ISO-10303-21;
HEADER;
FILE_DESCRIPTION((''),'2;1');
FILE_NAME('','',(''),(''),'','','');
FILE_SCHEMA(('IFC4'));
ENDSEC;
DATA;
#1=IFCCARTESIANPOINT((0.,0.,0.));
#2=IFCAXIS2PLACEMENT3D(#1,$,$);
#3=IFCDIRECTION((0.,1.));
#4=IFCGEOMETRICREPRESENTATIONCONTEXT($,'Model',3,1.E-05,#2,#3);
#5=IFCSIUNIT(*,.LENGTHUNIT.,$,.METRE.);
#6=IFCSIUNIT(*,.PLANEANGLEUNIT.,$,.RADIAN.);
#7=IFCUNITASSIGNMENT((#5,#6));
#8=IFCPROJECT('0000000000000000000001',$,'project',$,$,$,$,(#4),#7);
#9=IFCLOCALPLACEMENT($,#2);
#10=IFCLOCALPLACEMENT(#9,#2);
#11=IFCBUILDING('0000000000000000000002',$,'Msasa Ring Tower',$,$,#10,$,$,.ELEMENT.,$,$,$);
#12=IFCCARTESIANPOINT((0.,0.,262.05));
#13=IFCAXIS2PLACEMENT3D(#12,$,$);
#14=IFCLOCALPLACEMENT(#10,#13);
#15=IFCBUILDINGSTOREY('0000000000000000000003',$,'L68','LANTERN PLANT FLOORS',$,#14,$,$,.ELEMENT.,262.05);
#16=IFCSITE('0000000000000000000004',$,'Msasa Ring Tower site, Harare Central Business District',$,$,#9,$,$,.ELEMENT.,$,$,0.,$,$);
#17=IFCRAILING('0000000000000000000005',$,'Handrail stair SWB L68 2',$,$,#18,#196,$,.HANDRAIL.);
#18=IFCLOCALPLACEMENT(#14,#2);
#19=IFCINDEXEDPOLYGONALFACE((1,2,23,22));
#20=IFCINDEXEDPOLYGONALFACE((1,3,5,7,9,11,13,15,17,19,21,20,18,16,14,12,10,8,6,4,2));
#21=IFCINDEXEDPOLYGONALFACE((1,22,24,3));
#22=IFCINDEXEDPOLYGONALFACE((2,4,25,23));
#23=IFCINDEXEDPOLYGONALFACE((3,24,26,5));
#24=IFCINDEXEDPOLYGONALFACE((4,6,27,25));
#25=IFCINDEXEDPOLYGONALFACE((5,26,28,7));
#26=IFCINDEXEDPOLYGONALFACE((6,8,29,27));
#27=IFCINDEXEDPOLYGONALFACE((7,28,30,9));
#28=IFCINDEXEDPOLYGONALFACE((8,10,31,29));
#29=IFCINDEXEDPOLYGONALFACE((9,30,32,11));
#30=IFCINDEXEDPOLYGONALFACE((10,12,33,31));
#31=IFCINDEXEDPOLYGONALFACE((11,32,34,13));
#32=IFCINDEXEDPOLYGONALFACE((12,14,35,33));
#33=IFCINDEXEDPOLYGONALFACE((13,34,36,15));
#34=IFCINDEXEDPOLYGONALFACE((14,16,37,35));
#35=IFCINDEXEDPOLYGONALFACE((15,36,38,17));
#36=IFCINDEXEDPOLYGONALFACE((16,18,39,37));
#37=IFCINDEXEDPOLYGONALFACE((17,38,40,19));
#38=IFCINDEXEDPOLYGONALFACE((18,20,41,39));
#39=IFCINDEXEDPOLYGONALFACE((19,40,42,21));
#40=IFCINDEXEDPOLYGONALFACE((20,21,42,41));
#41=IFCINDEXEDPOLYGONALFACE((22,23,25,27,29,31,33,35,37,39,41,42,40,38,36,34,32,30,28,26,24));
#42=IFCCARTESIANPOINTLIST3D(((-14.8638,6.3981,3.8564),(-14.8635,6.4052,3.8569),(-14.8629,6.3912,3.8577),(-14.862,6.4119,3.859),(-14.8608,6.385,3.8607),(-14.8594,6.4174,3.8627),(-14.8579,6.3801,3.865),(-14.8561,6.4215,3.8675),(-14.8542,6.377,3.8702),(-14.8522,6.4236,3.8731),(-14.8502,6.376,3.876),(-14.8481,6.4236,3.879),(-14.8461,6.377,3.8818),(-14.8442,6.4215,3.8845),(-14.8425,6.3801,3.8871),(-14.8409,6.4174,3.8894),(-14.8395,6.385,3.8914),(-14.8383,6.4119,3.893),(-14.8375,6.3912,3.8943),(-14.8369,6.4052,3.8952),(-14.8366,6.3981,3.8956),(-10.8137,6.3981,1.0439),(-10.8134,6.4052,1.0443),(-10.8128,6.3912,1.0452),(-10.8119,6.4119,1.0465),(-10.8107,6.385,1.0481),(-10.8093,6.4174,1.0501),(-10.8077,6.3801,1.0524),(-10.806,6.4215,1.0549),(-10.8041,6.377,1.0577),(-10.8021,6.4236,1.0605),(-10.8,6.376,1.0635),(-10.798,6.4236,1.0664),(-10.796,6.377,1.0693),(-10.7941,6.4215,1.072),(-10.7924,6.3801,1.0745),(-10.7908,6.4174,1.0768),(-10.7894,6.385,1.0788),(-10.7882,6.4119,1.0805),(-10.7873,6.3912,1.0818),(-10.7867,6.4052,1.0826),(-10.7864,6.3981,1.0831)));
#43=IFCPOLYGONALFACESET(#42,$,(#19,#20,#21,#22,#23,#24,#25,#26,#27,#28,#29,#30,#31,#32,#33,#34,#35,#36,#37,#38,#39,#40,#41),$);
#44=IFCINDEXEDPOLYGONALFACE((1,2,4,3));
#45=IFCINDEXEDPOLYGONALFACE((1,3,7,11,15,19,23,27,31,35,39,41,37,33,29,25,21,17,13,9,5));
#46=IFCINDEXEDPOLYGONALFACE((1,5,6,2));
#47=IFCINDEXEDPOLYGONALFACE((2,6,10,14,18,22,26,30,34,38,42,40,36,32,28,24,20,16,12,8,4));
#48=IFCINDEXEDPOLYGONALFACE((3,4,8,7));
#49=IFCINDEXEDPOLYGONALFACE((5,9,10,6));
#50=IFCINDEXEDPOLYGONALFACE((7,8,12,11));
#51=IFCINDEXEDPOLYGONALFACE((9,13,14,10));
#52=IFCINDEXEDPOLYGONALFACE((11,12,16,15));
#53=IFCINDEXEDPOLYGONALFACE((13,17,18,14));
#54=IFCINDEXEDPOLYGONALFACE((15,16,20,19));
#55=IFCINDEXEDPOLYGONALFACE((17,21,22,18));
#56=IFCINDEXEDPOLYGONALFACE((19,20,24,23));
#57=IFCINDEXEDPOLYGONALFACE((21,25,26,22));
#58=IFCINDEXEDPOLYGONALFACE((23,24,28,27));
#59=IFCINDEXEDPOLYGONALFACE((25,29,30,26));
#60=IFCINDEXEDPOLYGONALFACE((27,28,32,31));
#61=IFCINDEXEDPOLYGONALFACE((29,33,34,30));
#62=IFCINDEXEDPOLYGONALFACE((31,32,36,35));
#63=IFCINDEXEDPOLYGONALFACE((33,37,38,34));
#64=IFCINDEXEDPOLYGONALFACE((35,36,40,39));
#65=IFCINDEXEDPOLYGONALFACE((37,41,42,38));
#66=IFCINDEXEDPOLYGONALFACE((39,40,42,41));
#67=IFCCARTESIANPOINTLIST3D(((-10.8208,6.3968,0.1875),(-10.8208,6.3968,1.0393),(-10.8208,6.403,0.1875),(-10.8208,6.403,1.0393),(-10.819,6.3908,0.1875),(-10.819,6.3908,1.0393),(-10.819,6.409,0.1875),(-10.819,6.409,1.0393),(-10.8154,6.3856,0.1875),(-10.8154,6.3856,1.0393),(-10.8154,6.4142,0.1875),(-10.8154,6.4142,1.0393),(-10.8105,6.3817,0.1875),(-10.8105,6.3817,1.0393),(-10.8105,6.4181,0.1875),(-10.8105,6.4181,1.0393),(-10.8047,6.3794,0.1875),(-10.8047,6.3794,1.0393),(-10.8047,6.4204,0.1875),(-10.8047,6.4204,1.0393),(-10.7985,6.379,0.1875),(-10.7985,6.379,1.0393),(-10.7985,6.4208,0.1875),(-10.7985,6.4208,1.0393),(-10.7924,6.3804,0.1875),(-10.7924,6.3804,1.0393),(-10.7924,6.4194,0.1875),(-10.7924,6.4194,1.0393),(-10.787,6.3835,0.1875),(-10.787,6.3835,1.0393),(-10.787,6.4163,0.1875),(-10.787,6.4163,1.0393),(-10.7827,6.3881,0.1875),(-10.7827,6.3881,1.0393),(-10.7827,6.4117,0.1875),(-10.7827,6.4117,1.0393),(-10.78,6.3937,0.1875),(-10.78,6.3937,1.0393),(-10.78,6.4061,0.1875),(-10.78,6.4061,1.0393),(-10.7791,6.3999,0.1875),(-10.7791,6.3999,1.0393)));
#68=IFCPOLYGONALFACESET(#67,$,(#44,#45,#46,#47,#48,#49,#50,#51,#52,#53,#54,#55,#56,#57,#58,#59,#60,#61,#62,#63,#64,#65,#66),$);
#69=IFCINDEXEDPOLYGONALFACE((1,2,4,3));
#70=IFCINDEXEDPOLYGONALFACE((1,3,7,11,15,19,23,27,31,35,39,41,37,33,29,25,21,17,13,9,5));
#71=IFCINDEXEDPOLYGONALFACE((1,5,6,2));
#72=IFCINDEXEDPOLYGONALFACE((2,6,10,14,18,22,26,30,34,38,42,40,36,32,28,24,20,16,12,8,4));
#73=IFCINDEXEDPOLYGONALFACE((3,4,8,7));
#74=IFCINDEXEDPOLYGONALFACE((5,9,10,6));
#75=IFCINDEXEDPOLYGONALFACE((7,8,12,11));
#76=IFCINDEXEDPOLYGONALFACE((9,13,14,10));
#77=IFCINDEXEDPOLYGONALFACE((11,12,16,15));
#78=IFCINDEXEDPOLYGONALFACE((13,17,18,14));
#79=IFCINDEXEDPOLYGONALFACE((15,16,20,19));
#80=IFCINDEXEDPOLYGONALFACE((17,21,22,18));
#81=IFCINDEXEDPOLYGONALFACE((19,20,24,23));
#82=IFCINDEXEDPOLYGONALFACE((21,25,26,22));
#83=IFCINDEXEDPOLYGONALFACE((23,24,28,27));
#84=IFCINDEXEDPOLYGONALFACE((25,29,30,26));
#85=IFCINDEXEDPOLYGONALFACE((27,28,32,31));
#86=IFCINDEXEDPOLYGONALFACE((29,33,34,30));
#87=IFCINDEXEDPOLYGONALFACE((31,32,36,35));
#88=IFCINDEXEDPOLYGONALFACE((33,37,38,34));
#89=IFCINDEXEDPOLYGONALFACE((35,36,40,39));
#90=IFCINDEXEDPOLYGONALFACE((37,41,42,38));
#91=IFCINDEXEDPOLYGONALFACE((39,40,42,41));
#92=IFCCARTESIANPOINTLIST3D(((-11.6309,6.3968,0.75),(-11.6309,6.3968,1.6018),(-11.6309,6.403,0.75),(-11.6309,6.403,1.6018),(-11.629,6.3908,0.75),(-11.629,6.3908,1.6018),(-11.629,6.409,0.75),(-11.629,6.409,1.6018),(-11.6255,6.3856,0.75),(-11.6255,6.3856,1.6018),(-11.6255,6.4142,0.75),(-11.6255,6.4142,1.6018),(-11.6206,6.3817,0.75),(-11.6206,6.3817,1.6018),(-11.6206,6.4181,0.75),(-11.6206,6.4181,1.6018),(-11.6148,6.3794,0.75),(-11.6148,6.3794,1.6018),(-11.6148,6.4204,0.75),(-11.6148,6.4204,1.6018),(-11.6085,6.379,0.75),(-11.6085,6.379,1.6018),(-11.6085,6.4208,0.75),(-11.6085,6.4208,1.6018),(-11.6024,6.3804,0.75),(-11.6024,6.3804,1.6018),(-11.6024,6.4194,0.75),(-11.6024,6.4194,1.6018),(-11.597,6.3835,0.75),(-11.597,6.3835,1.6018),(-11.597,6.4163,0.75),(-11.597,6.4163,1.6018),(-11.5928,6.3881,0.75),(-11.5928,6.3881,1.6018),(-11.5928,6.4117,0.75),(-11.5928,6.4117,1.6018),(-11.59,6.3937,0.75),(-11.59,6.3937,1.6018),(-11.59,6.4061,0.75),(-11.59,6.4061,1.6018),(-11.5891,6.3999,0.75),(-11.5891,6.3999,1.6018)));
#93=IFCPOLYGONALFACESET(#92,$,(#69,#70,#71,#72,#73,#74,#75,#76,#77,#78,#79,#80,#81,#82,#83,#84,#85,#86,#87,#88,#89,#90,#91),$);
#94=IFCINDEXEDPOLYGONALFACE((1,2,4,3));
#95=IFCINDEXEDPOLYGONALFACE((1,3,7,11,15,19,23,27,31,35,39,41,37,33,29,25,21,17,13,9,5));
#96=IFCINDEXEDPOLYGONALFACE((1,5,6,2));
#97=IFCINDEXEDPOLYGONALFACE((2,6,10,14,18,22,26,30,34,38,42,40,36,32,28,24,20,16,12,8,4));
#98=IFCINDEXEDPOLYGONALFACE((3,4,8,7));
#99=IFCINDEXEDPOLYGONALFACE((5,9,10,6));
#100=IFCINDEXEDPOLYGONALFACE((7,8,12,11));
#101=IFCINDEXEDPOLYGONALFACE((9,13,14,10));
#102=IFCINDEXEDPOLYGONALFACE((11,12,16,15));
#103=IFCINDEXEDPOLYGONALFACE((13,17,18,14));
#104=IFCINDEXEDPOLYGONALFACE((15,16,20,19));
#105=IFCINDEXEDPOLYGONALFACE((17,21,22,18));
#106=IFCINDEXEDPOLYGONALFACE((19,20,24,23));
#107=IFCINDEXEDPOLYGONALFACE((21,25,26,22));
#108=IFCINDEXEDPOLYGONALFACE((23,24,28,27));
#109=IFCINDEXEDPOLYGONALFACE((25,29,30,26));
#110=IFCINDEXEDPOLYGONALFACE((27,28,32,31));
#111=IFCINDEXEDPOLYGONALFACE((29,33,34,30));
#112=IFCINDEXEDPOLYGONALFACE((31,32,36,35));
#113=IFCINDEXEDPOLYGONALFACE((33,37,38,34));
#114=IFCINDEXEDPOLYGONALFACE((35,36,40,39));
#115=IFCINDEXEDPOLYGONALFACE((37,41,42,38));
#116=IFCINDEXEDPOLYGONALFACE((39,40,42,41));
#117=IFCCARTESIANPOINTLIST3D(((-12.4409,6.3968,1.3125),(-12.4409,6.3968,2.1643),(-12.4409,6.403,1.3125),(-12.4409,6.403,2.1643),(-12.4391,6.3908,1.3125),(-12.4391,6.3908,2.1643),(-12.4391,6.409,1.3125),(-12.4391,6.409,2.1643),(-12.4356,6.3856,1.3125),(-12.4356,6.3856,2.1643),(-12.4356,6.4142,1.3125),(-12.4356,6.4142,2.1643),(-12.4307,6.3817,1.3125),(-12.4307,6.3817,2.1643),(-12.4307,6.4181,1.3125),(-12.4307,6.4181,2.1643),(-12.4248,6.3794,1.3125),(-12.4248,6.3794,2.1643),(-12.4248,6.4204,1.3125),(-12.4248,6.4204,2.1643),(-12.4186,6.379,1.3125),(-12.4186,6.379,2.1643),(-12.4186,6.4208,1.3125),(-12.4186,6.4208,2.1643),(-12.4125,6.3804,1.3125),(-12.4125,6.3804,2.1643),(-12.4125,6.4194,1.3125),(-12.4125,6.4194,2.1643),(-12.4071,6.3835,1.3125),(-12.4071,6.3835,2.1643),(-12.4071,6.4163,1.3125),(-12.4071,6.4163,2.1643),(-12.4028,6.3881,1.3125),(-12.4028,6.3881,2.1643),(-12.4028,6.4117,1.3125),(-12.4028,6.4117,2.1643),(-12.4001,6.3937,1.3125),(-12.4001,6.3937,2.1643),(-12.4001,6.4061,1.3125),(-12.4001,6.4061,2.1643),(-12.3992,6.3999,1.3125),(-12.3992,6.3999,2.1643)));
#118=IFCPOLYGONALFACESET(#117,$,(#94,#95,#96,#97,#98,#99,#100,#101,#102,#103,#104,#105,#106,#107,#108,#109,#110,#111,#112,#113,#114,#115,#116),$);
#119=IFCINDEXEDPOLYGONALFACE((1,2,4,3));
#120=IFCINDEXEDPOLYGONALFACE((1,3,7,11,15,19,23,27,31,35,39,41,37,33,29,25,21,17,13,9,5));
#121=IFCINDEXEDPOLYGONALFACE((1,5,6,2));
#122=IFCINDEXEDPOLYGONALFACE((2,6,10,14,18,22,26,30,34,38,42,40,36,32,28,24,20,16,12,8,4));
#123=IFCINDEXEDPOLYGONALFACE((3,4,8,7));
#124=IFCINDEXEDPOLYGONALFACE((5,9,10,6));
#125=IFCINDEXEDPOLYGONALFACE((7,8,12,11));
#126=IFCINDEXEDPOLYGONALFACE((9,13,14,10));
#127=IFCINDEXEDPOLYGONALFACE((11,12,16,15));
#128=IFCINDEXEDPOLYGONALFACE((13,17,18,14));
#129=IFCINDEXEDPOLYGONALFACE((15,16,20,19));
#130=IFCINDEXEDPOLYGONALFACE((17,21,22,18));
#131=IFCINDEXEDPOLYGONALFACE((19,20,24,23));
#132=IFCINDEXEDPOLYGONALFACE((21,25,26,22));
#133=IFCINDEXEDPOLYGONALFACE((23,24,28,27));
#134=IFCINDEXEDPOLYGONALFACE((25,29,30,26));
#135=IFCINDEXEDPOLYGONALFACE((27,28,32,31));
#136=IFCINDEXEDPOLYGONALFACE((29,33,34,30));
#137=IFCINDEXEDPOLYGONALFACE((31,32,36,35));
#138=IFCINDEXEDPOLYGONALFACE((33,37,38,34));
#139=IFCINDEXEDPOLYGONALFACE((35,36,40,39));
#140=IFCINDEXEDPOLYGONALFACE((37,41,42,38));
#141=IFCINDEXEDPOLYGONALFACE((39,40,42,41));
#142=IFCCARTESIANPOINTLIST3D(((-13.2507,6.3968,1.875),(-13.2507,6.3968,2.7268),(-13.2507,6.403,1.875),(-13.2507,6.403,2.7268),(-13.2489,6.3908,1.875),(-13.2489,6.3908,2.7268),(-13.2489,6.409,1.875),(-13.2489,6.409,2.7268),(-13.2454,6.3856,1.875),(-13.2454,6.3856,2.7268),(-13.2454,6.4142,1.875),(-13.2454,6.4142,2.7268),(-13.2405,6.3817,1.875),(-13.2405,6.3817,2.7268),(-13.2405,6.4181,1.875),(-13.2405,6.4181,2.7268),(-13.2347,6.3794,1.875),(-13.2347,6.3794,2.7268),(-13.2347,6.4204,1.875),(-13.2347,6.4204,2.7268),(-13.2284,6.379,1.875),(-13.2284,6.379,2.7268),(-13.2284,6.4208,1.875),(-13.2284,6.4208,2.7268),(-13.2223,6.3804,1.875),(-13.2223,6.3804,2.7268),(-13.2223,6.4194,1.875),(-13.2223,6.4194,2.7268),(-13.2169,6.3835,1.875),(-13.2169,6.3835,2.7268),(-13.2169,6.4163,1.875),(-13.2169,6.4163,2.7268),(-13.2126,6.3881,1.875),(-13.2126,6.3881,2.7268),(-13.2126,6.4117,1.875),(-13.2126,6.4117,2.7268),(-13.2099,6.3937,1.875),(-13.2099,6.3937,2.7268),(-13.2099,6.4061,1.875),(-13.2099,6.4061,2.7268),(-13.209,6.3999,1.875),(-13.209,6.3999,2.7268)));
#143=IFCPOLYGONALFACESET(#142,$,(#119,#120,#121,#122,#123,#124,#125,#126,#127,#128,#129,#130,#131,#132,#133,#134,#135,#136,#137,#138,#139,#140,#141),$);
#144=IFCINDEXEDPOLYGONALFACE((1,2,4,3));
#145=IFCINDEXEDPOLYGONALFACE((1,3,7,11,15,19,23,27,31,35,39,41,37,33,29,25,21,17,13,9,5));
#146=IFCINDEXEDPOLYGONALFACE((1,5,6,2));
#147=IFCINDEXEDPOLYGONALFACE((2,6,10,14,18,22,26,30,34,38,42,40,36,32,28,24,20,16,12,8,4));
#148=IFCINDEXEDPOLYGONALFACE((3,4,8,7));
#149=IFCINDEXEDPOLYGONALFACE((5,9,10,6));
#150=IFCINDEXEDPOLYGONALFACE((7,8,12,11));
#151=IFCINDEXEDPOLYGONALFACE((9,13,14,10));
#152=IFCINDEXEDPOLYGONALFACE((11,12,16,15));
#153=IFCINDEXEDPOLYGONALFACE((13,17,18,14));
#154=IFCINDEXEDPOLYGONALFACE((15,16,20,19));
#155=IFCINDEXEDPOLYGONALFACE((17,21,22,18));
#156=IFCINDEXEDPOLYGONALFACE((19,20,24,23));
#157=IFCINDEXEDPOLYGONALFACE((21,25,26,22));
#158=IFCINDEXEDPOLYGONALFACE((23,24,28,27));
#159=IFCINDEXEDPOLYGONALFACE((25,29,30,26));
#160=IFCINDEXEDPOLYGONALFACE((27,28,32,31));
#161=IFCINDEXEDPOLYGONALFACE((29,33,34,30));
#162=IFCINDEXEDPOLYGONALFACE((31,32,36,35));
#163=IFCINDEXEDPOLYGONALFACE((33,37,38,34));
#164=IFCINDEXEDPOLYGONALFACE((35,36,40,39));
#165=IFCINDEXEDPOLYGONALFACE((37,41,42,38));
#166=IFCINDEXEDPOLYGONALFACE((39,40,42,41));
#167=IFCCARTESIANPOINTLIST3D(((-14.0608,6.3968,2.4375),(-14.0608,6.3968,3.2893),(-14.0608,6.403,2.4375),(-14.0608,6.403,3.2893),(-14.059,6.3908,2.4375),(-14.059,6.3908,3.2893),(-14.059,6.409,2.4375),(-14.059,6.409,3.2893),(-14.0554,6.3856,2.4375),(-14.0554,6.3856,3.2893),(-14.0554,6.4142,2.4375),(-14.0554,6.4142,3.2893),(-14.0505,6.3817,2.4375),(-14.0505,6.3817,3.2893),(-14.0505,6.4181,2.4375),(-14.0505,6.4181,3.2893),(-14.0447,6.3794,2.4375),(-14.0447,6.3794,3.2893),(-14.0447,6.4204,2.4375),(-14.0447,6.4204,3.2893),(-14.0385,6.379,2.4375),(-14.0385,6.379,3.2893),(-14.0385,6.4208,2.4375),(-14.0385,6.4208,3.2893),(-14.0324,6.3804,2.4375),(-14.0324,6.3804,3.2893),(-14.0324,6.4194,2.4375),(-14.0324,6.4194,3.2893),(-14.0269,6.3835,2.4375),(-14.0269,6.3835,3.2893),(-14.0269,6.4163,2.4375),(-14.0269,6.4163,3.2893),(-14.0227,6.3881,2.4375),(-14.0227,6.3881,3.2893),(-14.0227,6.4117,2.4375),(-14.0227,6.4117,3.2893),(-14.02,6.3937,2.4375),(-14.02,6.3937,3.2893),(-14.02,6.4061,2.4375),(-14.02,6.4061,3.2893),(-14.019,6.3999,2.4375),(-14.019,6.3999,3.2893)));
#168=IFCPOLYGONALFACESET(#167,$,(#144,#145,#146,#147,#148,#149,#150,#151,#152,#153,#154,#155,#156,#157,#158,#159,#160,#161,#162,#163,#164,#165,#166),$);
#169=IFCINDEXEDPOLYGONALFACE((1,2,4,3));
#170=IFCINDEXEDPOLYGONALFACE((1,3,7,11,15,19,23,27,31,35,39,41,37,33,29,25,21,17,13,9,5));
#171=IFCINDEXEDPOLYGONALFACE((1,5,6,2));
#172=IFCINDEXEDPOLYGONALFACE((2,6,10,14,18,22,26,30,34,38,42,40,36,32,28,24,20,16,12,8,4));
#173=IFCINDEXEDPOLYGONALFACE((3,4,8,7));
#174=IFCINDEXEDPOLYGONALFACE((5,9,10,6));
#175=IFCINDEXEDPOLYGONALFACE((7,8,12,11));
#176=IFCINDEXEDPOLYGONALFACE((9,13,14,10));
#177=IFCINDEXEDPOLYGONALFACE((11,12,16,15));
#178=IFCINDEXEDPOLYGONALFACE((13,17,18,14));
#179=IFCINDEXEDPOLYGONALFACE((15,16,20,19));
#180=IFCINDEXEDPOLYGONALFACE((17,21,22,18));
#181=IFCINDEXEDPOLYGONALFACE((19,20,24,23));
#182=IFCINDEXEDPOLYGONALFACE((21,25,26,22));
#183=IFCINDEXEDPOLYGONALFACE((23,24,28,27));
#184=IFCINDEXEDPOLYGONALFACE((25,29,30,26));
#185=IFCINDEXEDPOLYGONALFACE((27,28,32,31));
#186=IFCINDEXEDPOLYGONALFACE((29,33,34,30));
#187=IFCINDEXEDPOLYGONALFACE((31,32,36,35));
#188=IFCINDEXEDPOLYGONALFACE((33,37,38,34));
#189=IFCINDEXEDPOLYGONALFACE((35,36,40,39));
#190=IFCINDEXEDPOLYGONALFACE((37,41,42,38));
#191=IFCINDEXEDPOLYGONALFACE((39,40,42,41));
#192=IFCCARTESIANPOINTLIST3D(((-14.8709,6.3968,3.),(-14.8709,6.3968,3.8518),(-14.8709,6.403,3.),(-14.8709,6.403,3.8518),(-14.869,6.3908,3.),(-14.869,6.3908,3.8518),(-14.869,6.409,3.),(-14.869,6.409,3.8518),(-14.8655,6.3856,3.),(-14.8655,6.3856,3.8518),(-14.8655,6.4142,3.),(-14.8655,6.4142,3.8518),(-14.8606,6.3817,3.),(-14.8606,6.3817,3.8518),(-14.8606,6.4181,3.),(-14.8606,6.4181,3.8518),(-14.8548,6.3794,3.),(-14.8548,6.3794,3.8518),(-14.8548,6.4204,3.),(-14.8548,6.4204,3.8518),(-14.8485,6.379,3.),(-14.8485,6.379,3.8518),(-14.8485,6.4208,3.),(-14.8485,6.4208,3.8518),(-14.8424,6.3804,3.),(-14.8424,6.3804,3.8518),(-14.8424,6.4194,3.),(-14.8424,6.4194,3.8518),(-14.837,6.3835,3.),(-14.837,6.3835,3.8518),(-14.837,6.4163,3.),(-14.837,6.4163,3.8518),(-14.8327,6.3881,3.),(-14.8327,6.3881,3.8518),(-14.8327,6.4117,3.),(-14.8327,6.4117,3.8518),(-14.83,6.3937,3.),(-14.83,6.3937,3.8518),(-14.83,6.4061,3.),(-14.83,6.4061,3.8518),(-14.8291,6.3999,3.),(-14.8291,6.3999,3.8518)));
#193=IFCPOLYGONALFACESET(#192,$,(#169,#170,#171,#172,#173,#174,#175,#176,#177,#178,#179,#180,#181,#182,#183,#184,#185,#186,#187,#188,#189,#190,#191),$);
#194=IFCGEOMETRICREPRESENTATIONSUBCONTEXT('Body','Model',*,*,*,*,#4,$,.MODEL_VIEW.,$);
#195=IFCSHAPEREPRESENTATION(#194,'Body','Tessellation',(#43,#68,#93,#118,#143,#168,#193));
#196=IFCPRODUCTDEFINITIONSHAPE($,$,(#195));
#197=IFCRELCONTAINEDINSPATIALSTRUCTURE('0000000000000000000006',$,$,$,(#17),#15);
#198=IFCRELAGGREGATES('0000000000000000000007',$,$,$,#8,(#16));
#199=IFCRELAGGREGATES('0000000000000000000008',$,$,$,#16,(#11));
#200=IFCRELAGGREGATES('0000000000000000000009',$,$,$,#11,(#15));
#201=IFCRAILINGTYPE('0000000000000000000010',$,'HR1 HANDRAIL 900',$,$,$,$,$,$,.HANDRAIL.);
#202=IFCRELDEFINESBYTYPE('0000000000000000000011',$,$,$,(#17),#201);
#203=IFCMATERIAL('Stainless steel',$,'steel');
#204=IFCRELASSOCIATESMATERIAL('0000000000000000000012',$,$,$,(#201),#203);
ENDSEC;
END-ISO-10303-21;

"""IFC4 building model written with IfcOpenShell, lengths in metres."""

from ifc_helpers import new_model, si_unit, direction, frame, origin, origin_2d, place, context, subcontext, project, spatial, circle, extrude, material, type_object, element, save


model = new_model("IFC4")

# Units and contexts
model_context = context("Model", 3, precision=1e-05, world=origin(), true_north=direction((0.0, 1.0)))
body_context = subcontext(model_context, "Body", "Model", "MODEL_VIEW")
ifc_project = project(units=[si_unit("LENGTHUNIT", "METRE"), si_unit("PLANEANGLEUNIT", "RADIAN")], contexts=[model_context])

# Site, building, storey
site_placement = place(None, origin())
site = spatial("IfcSite", under=ifc_project, at=site_placement, Name="Msasa Ring Tower site, Harare Central Business District", CompositionType="ELEMENT", RefElevation=0.0)
building_placement = place(site_placement, origin())
building = spatial("IfcBuilding", under=site, at=building_placement, Name="Msasa Ring Tower", CompositionType="ELEMENT")
storey_placement = place(building_placement, frame((0.0, 0.0, 262.05)))
storey = spatial("IfcBuildingStorey", under=building, at=storey_placement, Name="L68", Description="LANTERN PLANT FLOORS", CompositionType="ELEMENT", Elevation=262.05)

# Railing
ifc_material_1 = material(Name="Stainless steel", Category="steel")
railing_type = type_object("IfcRailingType", Name="HR1 HANDRAIL 900", PredefinedType="HANDRAIL", material=ifc_material_1)
for number, where, name in (
    (1, (-10.8, 6.3999, 0.1875), "Handrail stair SWB L68 2"),
):
    element("IfcRailing", number, at=place(storey_placement, frame(where)), inside=storey, type_object=railing_type, Name=name, PredefinedType="HANDRAIL", context=body_context, shape_type="SweptSolid", body=[
        extrude(circle(Radius=0.0239, at=origin_2d()), frame((0.0, 0.0, 0.876), z_axis=(-0.821373, 0.0, 0.570391), x_axis=(0.0, -1.0, 0.0)), (0.0, 0.0, 1.0), 4.9309),
        extrude(circle(Radius=0.021, at=origin_2d()), origin(), (0.0, 0.0, 1.0), 0.8518),
        extrude(circle(Radius=0.021, at=origin_2d()), frame((-0.8101, 0.0, 0.5625)), (0.0, 0.0, 1.0), 0.8518),
        extrude(circle(Radius=0.021, at=origin_2d()), frame((-1.6201, 0.0, 1.125)), (0.0, 0.0, 1.0), 0.8518),
        extrude(circle(Radius=0.021, at=origin_2d()), frame((-2.4299, 0.0, 1.6875)), (0.0, 0.0, 1.0), 0.8518),
        extrude(circle(Radius=0.021, at=origin_2d()), frame((-3.24, 0.0, 2.25)), (0.0, 0.0, 1.0), 0.8518),
        extrude(circle(Radius=0.021, at=origin_2d()), frame((-4.05, 0.0, 2.8125)), (0.0, 0.0, 1.0), 0.8518),
    ])

save(model, "model.ifc")
